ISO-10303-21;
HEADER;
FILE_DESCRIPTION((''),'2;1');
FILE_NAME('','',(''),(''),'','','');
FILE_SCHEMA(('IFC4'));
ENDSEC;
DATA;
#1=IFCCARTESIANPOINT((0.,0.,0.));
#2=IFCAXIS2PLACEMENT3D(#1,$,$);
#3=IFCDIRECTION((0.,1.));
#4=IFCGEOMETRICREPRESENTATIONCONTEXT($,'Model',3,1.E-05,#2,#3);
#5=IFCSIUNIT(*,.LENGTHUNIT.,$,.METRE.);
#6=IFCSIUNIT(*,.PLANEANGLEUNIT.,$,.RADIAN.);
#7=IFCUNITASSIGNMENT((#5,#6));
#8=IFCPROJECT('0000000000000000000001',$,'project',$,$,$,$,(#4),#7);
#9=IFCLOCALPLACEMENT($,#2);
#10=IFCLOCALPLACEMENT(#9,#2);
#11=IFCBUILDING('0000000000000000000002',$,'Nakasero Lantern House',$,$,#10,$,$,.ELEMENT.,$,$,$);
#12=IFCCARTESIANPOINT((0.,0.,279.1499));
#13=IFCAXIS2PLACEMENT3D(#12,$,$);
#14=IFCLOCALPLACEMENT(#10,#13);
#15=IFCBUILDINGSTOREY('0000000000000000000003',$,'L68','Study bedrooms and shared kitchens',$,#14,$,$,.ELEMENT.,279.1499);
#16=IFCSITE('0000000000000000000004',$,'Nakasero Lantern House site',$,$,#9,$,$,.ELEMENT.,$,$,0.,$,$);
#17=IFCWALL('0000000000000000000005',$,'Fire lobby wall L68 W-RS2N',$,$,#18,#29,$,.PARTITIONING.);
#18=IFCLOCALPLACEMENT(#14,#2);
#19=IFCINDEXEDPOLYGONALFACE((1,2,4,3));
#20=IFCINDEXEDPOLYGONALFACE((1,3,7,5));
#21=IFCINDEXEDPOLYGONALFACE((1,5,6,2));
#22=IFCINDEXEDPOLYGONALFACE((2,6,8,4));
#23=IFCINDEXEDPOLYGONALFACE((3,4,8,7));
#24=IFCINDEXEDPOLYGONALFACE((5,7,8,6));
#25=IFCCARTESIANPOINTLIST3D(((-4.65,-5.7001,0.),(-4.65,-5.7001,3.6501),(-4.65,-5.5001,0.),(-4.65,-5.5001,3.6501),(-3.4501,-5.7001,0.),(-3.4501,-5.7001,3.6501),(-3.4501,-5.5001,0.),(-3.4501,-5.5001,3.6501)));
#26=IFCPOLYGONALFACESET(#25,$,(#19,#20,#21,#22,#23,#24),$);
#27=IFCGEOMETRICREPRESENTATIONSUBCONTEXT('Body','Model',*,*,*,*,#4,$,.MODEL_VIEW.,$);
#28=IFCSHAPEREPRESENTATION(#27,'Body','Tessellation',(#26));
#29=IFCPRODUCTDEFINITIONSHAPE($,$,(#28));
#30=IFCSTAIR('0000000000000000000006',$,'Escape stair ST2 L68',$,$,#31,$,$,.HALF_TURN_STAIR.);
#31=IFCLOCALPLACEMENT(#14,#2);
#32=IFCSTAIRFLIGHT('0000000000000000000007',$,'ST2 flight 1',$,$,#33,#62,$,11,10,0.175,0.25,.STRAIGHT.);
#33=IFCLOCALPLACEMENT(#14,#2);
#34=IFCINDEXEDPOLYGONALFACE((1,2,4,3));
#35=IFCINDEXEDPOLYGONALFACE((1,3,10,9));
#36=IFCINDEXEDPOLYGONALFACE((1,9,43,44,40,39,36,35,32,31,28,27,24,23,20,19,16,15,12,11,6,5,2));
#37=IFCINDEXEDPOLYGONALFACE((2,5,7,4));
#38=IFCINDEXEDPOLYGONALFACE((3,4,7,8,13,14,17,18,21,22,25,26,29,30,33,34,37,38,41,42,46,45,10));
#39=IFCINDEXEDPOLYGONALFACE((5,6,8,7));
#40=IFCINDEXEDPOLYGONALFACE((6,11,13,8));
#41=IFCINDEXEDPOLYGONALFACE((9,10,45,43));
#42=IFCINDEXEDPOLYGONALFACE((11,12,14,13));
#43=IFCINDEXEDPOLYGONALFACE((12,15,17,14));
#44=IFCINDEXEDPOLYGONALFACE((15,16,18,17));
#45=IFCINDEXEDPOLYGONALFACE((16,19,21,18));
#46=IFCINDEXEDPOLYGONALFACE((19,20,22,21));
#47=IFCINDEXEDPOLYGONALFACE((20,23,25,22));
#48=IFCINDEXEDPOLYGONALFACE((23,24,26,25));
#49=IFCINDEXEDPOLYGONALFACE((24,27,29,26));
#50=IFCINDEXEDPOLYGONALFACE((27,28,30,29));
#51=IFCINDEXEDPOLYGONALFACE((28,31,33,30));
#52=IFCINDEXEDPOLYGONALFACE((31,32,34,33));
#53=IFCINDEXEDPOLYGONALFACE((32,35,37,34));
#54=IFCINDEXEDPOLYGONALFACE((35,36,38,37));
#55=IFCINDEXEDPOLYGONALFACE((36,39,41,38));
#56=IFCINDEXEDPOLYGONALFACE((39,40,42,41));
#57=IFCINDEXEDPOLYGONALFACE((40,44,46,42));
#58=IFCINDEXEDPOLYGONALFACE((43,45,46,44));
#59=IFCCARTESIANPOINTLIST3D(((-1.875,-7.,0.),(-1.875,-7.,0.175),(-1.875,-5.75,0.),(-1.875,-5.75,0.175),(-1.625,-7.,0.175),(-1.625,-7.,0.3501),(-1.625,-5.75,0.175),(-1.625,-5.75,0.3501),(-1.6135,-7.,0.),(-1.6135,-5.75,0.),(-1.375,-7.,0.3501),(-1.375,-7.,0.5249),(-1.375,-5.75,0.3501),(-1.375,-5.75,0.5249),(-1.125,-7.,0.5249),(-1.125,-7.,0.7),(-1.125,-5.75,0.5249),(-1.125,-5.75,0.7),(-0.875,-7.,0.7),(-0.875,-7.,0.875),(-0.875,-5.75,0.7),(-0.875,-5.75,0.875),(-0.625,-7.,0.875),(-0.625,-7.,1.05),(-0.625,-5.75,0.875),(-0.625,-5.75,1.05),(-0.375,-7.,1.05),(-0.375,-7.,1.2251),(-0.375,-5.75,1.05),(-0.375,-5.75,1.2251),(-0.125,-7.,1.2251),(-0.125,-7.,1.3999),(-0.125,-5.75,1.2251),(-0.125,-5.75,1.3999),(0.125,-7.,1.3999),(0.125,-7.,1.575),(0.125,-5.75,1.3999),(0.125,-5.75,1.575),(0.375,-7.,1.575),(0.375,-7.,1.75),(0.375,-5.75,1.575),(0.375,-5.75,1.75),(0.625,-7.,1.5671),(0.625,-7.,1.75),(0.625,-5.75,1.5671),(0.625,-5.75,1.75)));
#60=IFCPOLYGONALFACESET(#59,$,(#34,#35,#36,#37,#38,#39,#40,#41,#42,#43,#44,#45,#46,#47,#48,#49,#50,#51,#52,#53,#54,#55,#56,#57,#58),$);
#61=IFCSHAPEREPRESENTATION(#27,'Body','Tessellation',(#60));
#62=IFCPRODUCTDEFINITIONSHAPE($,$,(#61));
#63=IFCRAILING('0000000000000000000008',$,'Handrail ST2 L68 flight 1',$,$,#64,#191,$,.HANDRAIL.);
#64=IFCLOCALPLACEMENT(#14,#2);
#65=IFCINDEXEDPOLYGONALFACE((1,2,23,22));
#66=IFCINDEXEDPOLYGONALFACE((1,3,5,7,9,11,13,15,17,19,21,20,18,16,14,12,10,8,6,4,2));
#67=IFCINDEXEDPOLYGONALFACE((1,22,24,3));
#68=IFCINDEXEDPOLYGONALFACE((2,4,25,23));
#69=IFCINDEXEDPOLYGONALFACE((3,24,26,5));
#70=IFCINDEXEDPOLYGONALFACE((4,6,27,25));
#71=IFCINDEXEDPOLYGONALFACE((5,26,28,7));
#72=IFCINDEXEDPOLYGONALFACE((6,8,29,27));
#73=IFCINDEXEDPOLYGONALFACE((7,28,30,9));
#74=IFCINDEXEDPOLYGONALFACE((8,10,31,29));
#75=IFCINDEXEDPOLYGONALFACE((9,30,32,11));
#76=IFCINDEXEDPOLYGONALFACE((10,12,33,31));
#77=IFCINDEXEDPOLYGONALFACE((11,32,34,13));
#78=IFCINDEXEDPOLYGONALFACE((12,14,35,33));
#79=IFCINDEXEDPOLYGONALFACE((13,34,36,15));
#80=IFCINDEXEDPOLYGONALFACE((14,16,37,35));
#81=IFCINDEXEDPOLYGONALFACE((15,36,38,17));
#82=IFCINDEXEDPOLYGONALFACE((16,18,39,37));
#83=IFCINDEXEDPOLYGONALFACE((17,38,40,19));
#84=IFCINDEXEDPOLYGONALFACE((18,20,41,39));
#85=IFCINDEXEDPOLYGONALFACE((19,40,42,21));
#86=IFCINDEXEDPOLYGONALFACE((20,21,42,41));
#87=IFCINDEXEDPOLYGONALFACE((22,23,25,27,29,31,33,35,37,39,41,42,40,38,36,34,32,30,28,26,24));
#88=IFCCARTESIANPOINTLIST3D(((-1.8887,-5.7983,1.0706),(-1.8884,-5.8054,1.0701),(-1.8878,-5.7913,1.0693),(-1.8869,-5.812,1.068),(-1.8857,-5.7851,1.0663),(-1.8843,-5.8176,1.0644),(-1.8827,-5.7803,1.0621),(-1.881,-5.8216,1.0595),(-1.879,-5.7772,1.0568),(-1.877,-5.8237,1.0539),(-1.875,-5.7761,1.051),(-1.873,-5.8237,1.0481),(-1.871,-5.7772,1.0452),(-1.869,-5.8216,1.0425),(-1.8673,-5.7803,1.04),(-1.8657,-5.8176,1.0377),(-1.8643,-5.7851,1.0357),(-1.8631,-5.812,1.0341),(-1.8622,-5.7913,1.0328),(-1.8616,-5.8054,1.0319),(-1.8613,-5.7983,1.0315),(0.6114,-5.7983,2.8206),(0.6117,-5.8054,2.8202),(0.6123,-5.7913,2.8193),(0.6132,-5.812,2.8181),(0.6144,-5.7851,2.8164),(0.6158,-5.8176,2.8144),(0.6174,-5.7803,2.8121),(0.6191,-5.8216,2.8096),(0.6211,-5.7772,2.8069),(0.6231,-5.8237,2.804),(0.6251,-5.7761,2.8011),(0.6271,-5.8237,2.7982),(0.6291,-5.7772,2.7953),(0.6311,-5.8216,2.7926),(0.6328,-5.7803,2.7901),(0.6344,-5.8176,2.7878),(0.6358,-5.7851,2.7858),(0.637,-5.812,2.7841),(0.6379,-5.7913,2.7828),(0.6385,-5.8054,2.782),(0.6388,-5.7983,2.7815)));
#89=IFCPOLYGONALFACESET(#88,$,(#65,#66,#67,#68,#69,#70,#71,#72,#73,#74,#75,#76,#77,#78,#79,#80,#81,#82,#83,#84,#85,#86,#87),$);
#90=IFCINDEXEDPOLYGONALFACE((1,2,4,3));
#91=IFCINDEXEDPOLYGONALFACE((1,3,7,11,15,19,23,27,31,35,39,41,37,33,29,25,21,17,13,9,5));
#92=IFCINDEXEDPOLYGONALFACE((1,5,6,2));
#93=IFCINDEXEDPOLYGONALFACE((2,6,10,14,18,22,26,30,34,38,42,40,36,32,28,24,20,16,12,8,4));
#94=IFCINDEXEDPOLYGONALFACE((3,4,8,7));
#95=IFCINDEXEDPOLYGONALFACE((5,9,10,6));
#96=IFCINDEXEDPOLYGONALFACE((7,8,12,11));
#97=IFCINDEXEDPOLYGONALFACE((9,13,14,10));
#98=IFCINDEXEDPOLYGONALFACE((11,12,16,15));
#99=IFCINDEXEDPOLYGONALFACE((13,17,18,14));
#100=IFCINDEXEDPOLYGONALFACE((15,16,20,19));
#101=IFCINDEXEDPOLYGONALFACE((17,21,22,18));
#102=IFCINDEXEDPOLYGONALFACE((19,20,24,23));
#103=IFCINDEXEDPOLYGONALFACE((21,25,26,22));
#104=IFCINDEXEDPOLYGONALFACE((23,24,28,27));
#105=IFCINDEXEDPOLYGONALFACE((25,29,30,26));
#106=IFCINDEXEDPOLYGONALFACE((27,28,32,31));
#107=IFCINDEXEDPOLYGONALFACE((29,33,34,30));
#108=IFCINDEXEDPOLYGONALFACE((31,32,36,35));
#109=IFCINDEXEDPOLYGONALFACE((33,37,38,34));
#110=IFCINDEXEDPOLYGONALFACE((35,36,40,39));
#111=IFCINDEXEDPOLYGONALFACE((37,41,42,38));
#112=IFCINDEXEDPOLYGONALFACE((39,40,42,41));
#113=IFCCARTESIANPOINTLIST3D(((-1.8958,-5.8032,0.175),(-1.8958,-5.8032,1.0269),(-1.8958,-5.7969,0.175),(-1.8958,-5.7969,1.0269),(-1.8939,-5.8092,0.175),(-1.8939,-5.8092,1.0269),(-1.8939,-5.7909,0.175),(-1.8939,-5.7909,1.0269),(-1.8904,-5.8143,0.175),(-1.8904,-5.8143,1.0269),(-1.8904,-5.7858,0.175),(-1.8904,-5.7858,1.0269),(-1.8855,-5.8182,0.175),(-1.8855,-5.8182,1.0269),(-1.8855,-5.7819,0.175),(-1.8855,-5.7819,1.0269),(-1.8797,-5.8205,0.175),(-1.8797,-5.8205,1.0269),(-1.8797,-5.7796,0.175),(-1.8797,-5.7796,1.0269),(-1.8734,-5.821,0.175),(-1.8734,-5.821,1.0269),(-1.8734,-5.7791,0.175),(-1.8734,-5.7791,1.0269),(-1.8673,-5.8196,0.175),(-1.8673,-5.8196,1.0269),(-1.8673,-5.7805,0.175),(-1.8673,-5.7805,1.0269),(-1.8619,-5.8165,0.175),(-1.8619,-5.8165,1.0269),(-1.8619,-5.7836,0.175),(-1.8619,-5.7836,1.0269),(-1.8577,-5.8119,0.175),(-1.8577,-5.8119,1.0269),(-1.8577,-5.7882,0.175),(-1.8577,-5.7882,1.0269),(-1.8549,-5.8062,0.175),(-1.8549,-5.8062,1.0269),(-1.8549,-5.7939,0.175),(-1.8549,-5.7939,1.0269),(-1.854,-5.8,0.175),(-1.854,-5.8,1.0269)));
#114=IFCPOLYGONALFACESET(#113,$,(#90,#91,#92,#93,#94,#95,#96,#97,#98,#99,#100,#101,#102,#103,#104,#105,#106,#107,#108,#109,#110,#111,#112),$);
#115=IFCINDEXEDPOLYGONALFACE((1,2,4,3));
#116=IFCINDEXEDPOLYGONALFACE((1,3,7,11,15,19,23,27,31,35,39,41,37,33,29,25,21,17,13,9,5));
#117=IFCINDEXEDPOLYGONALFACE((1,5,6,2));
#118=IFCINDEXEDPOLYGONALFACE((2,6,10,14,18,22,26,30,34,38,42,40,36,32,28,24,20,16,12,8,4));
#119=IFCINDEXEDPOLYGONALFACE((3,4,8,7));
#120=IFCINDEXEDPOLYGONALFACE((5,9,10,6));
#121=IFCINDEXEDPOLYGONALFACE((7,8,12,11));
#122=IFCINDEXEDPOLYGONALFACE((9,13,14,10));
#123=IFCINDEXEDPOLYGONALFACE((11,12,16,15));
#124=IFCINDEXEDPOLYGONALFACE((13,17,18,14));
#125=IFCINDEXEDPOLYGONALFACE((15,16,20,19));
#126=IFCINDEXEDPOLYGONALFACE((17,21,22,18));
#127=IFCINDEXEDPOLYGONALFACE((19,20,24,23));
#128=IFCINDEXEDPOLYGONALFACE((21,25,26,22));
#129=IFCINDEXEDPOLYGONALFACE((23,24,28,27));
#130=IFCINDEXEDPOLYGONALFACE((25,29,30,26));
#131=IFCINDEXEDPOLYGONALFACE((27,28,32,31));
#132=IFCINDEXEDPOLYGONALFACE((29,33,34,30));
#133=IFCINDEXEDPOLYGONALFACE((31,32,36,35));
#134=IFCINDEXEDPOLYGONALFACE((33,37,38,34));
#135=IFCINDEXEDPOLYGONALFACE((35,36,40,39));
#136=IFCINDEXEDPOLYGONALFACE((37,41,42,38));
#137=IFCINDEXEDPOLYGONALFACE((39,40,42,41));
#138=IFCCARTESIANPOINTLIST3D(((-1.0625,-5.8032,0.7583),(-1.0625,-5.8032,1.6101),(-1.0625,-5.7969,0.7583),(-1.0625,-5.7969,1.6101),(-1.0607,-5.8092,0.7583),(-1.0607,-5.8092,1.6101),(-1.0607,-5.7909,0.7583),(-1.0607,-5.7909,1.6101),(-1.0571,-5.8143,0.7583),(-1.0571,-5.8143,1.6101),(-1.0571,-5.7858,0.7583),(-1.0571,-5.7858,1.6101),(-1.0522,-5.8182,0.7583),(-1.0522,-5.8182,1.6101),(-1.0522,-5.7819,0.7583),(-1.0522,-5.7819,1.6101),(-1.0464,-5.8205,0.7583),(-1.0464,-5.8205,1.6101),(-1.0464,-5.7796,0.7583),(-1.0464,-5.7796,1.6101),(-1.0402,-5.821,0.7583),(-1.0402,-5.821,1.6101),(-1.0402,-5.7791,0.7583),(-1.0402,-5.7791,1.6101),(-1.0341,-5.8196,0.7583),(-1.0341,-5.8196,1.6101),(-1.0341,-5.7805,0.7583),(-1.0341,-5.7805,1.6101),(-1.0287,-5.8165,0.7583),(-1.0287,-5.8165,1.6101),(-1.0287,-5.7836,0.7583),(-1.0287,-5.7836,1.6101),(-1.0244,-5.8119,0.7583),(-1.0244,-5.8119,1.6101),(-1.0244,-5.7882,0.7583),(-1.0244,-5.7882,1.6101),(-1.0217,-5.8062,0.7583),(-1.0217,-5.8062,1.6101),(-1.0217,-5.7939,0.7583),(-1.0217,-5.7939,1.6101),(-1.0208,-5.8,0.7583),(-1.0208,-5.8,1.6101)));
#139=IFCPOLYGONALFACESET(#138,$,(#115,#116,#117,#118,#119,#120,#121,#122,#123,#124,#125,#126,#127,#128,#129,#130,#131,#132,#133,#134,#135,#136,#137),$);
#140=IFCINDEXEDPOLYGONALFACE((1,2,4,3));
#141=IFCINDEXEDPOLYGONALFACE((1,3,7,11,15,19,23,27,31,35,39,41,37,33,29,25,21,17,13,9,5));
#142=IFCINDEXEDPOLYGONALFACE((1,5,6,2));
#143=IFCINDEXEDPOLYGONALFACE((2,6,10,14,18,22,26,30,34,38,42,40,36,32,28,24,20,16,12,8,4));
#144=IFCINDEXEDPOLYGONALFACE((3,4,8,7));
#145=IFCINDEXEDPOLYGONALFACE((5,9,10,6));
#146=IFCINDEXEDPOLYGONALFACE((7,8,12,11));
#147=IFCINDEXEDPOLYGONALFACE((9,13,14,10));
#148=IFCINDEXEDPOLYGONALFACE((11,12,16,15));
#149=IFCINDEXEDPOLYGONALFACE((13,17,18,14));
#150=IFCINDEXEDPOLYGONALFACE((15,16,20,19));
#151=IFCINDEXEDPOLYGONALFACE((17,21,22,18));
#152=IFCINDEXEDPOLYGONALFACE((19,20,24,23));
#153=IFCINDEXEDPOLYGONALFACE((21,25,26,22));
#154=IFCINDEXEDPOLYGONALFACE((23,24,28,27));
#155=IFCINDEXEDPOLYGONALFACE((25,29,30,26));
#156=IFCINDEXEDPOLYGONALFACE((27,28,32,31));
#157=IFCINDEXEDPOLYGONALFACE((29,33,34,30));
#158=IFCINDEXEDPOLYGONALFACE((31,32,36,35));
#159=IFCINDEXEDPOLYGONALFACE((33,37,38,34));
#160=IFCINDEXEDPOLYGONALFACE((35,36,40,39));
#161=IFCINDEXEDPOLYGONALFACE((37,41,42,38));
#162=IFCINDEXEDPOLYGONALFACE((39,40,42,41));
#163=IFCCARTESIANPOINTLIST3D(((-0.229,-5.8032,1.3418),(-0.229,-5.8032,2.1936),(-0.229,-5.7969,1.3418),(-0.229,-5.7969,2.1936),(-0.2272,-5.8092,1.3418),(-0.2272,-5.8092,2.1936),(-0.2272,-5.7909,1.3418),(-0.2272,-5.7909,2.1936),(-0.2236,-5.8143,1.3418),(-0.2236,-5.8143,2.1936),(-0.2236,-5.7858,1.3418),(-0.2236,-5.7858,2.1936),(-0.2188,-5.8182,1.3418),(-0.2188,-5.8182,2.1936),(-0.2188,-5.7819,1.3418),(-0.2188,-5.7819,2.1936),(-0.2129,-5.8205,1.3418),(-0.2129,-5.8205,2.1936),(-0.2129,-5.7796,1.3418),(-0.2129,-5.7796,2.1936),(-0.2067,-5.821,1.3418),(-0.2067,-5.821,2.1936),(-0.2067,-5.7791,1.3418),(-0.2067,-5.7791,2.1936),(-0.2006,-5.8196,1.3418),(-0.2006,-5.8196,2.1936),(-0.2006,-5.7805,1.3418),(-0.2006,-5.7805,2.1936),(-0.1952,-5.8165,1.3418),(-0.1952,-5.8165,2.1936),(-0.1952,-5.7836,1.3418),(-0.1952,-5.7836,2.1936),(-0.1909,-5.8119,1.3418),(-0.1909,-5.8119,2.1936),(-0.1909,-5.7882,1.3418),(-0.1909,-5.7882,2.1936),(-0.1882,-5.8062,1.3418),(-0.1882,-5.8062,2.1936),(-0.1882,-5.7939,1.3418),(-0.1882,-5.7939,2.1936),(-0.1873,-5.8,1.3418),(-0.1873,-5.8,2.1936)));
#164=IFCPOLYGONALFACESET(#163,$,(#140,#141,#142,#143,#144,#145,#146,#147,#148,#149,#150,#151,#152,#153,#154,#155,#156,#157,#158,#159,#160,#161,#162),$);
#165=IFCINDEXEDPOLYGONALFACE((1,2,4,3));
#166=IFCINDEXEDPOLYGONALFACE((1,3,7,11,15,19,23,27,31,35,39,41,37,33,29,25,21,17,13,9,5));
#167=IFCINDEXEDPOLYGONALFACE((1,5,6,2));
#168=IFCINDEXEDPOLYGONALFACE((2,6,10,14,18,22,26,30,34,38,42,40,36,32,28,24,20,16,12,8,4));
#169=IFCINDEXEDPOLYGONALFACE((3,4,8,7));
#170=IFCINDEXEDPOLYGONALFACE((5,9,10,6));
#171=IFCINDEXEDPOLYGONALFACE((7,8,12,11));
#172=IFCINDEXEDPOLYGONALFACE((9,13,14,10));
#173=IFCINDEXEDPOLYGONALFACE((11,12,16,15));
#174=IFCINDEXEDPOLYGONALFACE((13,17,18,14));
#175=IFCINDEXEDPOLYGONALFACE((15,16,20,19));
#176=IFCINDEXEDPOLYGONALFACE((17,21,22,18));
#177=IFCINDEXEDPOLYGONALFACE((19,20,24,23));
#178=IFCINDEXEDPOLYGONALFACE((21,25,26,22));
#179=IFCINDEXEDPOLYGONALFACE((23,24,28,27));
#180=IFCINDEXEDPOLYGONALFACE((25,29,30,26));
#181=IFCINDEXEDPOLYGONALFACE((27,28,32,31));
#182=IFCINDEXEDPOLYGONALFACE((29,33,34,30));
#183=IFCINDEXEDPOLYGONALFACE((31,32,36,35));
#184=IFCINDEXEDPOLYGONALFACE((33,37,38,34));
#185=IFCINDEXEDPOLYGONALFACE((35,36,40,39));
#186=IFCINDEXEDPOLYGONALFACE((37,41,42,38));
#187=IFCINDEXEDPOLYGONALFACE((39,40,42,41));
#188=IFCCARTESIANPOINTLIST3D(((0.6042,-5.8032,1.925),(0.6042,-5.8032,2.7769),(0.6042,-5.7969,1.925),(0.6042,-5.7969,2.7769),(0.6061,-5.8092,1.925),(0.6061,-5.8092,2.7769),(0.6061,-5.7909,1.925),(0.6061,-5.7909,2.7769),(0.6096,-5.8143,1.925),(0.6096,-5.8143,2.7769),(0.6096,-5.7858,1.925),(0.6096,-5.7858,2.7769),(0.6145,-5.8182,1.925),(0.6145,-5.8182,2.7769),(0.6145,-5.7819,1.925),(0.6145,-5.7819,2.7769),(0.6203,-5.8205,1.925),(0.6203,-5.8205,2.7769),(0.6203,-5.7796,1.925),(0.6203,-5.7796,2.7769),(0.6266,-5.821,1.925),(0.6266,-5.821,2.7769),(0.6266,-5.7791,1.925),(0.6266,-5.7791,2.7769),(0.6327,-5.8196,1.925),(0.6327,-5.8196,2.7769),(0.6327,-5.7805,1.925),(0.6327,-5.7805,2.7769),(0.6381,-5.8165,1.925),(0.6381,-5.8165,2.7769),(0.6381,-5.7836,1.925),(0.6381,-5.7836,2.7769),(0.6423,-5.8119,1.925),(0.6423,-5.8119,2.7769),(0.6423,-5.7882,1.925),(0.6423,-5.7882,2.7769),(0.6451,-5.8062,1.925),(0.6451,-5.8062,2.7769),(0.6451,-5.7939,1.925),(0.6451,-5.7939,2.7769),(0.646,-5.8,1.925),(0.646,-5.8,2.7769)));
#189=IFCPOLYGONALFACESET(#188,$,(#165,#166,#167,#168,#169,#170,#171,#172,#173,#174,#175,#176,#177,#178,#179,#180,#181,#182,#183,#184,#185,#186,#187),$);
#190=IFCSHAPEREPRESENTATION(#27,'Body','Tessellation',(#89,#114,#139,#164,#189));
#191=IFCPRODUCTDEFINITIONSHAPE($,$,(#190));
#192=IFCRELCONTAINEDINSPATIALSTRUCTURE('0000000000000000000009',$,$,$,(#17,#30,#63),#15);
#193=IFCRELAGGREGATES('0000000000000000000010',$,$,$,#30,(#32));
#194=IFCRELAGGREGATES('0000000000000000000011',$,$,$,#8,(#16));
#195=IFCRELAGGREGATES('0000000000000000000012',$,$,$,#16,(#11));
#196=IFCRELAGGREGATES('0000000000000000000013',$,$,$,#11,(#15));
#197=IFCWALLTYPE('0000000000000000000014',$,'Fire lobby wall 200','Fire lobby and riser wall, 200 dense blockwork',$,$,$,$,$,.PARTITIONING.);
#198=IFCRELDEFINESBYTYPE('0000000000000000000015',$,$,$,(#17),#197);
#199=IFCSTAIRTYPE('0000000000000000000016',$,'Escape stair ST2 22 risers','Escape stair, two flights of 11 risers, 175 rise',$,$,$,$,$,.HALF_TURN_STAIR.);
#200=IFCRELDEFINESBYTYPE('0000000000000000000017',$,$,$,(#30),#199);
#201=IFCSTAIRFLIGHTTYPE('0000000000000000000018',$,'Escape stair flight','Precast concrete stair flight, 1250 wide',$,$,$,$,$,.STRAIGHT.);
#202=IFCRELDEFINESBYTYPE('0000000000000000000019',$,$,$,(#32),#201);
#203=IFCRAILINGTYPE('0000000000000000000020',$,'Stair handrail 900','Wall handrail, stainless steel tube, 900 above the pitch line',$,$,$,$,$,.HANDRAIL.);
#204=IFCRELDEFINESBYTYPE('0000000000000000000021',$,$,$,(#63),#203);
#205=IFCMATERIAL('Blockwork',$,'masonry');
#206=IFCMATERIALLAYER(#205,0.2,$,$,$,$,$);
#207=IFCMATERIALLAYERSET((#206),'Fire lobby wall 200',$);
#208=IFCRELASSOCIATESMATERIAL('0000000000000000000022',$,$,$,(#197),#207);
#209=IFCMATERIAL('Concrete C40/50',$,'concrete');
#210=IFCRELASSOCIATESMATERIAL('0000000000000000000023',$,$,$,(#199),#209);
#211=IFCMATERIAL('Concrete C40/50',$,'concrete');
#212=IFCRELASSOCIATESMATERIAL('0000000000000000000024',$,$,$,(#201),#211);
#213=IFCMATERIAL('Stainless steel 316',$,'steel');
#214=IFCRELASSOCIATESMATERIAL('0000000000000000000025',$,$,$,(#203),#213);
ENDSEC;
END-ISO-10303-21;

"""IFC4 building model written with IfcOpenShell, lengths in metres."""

from ifc_helpers import new_model, si_unit, direction, frame, frame_2d, origin, origin_2d, place, context, subcontext, project, spatial, polyline, rectangle, circle, outline, extrude, material, layer, layer_set, type_object, element, aggregate, save


model = new_model("IFC4")

# Units and contexts
model_context = context("Model", 3, precision=1e-05, world=origin(), true_north=direction((0.0, 1.0)))
body_context = subcontext(model_context, "Body", "Model", "MODEL_VIEW")
ifc_project = project(units=[si_unit("LENGTHUNIT", "METRE"), si_unit("PLANEANGLEUNIT", "RADIAN")], contexts=[model_context])

# Site, building, storey
site_placement = place(None, origin())
site = spatial("IfcSite", under=ifc_project, at=site_placement, Name="Nakasero Lantern House site", CompositionType="ELEMENT", RefElevation=0.0)
building_placement = place(site_placement, origin())
building = spatial("IfcBuilding", under=site, at=building_placement, Name="Nakasero Lantern House", CompositionType="ELEMENT")
storey_placement = place(building_placement, frame((0.0, 0.0, 279.1499)))
storey = spatial("IfcBuildingStorey", under=building, at=storey_placement, Name="L68", Description="Study bedrooms and shared kitchens", CompositionType="ELEMENT", Elevation=279.1499)

# Shared definitions
ifc_material_1 = material(Name="Blockwork", Category="masonry")
ifc_layer_1 = layer(ifc_material_1, 0.2)
ifc_layer_set_1 = layer_set([ifc_layer_1], Name="Fire lobby wall 200")
wall_type_1 = type_object("IfcWallType", Name="Fire lobby wall 200", Description="Fire lobby and riser wall, 200 dense blockwork", PredefinedType="PARTITIONING", material=ifc_layer_set_1)

# Wall
for number, where, z_axis, x_axis, name in (
    (1, (-3.45, -5.6001, 0.0), (0.0, 0.0, 1.0), (-1.0, 0.0, 0.0), "Fire lobby wall L68 W-RS2N"),
):
    element("IfcWall", number, at=place(storey_placement, frame(where, z_axis=z_axis, x_axis=x_axis)), inside=storey, type_object=wall_type_1, Name=name, PredefinedType="PARTITIONING", context=body_context, shape_type="SweptSolid", body=[
        extrude(rectangle(XDim=1.2, YDim=0.2, at=frame_2d((0.6001, 0.0))), origin(), (0.0, 0.0, 1.0), 3.6501),
    ])

# Stair, stair flight
ifc_material_2 = material(Name="Concrete C40/50", Category="concrete")
stair_type = type_object("IfcStairType", Name="Escape stair ST2 22 risers", Description="Escape stair, two flights of 11 risers, 175 rise", PredefinedType="HALF_TURN_STAIR", material=ifc_material_2)
stair_placement = place(storey_placement, origin())
stair = element("IfcStair", 2, at=stair_placement, inside=storey, type_object=stair_type, Name="Escape stair ST2 L68", PredefinedType="HALF_TURN_STAIR")
ifc_material_3 = material(Name="Concrete C40/50", Category="concrete")
stair_flight_type = type_object("IfcStairFlightType", Name="Escape stair flight", Description="Precast concrete stair flight, 1250 wide", PredefinedType="STRAIGHT", material=ifc_material_3)
stair_flight_placement = place(storey_placement, frame((-1.875, -6.375, 0.0), z_axis=(0.0, 0.0, 1.0), x_axis=(1.0, 0.0, 0.0)))
stair_flight = element("IfcStairFlight", 3, at=stair_flight_placement, type_object=stair_flight_type, Name="ST2 flight 1", NumberOfRisers=11, NumberOfTreads=10, PredefinedType="STRAIGHT", RiserHeight=0.175, TreadLength=0.25, context=body_context, shape_type="SweptSolid", body=[
    extrude(outline(polyline([(0.0, 0.0), (0.0, 0.175), (0.25, 0.175), (0.25, 0.3501), (0.5, 0.3501), (0.5, 0.5249), (0.75, 0.5249), (0.75, 0.7), (1.0, 0.7), (1.0, 0.875), (1.25, 0.875), (1.25, 1.05), (1.5, 1.05), (1.5, 1.2251), (1.75, 1.2251), (1.75, 1.3999), (2.0, 1.3999), (2.0, 1.575), (2.25, 1.575), (2.25, 1.75), (2.5, 1.75), (2.5, 1.925), (2.5, 1.5671), (0.2615, 0.0), (0.0, 0.0)])), frame((0.0, 0.625, 0.0), z_axis=(0.0, -1.0, 0.0), x_axis=(1.0, 0.0, 0.0)), (0.0, 0.0, 1.0), 1.25),
])
aggregate(stair, [stair_flight])

# Railing
ifc_material_4 = material(Name="Stainless steel 316", Category="steel")
railing_type = type_object("IfcRailingType", Name="Stair handrail 900", Description="Wall handrail, stainless steel tube, 900 above the pitch line", PredefinedType="HANDRAIL", material=ifc_material_4)
railing_placement = place(storey_placement, frame((-1.875, -5.8, 0.175)))
element("IfcRailing", 4, at=railing_placement, inside=storey, type_object=railing_type, Name="Handrail ST2 L68 flight 1", PredefinedType="HANDRAIL", context=body_context, shape_type="SweptSolid", body=[
    extrude(circle(Radius=0.0239, at=origin_2d()), frame((0.0, 0.0, 0.876), z_axis=(0.819232, 0.0, 0.573462), x_axis=(0.0, 1.0, 0.0)), (0.0, 0.0, 1.0), 3.0518),
    extrude(circle(Radius=0.021, at=origin_2d()), origin(), (0.0, 0.0, 1.0), 0.8518),
    extrude(circle(Radius=0.021, at=origin_2d()), frame((0.8333, 0.0, 0.5833)), (0.0, 0.0, 1.0), 0.8518),
    extrude(circle(Radius=0.021, at=origin_2d()), frame((1.6667, 0.0, 1.1667)), (0.0, 0.0, 1.0), 0.8518),
    extrude(circle(Radius=0.021, at=origin_2d()), frame((2.5, 0.0, 1.75)), (0.0, 0.0, 1.0), 0.8518),
])

save(model, "model.ifc")
